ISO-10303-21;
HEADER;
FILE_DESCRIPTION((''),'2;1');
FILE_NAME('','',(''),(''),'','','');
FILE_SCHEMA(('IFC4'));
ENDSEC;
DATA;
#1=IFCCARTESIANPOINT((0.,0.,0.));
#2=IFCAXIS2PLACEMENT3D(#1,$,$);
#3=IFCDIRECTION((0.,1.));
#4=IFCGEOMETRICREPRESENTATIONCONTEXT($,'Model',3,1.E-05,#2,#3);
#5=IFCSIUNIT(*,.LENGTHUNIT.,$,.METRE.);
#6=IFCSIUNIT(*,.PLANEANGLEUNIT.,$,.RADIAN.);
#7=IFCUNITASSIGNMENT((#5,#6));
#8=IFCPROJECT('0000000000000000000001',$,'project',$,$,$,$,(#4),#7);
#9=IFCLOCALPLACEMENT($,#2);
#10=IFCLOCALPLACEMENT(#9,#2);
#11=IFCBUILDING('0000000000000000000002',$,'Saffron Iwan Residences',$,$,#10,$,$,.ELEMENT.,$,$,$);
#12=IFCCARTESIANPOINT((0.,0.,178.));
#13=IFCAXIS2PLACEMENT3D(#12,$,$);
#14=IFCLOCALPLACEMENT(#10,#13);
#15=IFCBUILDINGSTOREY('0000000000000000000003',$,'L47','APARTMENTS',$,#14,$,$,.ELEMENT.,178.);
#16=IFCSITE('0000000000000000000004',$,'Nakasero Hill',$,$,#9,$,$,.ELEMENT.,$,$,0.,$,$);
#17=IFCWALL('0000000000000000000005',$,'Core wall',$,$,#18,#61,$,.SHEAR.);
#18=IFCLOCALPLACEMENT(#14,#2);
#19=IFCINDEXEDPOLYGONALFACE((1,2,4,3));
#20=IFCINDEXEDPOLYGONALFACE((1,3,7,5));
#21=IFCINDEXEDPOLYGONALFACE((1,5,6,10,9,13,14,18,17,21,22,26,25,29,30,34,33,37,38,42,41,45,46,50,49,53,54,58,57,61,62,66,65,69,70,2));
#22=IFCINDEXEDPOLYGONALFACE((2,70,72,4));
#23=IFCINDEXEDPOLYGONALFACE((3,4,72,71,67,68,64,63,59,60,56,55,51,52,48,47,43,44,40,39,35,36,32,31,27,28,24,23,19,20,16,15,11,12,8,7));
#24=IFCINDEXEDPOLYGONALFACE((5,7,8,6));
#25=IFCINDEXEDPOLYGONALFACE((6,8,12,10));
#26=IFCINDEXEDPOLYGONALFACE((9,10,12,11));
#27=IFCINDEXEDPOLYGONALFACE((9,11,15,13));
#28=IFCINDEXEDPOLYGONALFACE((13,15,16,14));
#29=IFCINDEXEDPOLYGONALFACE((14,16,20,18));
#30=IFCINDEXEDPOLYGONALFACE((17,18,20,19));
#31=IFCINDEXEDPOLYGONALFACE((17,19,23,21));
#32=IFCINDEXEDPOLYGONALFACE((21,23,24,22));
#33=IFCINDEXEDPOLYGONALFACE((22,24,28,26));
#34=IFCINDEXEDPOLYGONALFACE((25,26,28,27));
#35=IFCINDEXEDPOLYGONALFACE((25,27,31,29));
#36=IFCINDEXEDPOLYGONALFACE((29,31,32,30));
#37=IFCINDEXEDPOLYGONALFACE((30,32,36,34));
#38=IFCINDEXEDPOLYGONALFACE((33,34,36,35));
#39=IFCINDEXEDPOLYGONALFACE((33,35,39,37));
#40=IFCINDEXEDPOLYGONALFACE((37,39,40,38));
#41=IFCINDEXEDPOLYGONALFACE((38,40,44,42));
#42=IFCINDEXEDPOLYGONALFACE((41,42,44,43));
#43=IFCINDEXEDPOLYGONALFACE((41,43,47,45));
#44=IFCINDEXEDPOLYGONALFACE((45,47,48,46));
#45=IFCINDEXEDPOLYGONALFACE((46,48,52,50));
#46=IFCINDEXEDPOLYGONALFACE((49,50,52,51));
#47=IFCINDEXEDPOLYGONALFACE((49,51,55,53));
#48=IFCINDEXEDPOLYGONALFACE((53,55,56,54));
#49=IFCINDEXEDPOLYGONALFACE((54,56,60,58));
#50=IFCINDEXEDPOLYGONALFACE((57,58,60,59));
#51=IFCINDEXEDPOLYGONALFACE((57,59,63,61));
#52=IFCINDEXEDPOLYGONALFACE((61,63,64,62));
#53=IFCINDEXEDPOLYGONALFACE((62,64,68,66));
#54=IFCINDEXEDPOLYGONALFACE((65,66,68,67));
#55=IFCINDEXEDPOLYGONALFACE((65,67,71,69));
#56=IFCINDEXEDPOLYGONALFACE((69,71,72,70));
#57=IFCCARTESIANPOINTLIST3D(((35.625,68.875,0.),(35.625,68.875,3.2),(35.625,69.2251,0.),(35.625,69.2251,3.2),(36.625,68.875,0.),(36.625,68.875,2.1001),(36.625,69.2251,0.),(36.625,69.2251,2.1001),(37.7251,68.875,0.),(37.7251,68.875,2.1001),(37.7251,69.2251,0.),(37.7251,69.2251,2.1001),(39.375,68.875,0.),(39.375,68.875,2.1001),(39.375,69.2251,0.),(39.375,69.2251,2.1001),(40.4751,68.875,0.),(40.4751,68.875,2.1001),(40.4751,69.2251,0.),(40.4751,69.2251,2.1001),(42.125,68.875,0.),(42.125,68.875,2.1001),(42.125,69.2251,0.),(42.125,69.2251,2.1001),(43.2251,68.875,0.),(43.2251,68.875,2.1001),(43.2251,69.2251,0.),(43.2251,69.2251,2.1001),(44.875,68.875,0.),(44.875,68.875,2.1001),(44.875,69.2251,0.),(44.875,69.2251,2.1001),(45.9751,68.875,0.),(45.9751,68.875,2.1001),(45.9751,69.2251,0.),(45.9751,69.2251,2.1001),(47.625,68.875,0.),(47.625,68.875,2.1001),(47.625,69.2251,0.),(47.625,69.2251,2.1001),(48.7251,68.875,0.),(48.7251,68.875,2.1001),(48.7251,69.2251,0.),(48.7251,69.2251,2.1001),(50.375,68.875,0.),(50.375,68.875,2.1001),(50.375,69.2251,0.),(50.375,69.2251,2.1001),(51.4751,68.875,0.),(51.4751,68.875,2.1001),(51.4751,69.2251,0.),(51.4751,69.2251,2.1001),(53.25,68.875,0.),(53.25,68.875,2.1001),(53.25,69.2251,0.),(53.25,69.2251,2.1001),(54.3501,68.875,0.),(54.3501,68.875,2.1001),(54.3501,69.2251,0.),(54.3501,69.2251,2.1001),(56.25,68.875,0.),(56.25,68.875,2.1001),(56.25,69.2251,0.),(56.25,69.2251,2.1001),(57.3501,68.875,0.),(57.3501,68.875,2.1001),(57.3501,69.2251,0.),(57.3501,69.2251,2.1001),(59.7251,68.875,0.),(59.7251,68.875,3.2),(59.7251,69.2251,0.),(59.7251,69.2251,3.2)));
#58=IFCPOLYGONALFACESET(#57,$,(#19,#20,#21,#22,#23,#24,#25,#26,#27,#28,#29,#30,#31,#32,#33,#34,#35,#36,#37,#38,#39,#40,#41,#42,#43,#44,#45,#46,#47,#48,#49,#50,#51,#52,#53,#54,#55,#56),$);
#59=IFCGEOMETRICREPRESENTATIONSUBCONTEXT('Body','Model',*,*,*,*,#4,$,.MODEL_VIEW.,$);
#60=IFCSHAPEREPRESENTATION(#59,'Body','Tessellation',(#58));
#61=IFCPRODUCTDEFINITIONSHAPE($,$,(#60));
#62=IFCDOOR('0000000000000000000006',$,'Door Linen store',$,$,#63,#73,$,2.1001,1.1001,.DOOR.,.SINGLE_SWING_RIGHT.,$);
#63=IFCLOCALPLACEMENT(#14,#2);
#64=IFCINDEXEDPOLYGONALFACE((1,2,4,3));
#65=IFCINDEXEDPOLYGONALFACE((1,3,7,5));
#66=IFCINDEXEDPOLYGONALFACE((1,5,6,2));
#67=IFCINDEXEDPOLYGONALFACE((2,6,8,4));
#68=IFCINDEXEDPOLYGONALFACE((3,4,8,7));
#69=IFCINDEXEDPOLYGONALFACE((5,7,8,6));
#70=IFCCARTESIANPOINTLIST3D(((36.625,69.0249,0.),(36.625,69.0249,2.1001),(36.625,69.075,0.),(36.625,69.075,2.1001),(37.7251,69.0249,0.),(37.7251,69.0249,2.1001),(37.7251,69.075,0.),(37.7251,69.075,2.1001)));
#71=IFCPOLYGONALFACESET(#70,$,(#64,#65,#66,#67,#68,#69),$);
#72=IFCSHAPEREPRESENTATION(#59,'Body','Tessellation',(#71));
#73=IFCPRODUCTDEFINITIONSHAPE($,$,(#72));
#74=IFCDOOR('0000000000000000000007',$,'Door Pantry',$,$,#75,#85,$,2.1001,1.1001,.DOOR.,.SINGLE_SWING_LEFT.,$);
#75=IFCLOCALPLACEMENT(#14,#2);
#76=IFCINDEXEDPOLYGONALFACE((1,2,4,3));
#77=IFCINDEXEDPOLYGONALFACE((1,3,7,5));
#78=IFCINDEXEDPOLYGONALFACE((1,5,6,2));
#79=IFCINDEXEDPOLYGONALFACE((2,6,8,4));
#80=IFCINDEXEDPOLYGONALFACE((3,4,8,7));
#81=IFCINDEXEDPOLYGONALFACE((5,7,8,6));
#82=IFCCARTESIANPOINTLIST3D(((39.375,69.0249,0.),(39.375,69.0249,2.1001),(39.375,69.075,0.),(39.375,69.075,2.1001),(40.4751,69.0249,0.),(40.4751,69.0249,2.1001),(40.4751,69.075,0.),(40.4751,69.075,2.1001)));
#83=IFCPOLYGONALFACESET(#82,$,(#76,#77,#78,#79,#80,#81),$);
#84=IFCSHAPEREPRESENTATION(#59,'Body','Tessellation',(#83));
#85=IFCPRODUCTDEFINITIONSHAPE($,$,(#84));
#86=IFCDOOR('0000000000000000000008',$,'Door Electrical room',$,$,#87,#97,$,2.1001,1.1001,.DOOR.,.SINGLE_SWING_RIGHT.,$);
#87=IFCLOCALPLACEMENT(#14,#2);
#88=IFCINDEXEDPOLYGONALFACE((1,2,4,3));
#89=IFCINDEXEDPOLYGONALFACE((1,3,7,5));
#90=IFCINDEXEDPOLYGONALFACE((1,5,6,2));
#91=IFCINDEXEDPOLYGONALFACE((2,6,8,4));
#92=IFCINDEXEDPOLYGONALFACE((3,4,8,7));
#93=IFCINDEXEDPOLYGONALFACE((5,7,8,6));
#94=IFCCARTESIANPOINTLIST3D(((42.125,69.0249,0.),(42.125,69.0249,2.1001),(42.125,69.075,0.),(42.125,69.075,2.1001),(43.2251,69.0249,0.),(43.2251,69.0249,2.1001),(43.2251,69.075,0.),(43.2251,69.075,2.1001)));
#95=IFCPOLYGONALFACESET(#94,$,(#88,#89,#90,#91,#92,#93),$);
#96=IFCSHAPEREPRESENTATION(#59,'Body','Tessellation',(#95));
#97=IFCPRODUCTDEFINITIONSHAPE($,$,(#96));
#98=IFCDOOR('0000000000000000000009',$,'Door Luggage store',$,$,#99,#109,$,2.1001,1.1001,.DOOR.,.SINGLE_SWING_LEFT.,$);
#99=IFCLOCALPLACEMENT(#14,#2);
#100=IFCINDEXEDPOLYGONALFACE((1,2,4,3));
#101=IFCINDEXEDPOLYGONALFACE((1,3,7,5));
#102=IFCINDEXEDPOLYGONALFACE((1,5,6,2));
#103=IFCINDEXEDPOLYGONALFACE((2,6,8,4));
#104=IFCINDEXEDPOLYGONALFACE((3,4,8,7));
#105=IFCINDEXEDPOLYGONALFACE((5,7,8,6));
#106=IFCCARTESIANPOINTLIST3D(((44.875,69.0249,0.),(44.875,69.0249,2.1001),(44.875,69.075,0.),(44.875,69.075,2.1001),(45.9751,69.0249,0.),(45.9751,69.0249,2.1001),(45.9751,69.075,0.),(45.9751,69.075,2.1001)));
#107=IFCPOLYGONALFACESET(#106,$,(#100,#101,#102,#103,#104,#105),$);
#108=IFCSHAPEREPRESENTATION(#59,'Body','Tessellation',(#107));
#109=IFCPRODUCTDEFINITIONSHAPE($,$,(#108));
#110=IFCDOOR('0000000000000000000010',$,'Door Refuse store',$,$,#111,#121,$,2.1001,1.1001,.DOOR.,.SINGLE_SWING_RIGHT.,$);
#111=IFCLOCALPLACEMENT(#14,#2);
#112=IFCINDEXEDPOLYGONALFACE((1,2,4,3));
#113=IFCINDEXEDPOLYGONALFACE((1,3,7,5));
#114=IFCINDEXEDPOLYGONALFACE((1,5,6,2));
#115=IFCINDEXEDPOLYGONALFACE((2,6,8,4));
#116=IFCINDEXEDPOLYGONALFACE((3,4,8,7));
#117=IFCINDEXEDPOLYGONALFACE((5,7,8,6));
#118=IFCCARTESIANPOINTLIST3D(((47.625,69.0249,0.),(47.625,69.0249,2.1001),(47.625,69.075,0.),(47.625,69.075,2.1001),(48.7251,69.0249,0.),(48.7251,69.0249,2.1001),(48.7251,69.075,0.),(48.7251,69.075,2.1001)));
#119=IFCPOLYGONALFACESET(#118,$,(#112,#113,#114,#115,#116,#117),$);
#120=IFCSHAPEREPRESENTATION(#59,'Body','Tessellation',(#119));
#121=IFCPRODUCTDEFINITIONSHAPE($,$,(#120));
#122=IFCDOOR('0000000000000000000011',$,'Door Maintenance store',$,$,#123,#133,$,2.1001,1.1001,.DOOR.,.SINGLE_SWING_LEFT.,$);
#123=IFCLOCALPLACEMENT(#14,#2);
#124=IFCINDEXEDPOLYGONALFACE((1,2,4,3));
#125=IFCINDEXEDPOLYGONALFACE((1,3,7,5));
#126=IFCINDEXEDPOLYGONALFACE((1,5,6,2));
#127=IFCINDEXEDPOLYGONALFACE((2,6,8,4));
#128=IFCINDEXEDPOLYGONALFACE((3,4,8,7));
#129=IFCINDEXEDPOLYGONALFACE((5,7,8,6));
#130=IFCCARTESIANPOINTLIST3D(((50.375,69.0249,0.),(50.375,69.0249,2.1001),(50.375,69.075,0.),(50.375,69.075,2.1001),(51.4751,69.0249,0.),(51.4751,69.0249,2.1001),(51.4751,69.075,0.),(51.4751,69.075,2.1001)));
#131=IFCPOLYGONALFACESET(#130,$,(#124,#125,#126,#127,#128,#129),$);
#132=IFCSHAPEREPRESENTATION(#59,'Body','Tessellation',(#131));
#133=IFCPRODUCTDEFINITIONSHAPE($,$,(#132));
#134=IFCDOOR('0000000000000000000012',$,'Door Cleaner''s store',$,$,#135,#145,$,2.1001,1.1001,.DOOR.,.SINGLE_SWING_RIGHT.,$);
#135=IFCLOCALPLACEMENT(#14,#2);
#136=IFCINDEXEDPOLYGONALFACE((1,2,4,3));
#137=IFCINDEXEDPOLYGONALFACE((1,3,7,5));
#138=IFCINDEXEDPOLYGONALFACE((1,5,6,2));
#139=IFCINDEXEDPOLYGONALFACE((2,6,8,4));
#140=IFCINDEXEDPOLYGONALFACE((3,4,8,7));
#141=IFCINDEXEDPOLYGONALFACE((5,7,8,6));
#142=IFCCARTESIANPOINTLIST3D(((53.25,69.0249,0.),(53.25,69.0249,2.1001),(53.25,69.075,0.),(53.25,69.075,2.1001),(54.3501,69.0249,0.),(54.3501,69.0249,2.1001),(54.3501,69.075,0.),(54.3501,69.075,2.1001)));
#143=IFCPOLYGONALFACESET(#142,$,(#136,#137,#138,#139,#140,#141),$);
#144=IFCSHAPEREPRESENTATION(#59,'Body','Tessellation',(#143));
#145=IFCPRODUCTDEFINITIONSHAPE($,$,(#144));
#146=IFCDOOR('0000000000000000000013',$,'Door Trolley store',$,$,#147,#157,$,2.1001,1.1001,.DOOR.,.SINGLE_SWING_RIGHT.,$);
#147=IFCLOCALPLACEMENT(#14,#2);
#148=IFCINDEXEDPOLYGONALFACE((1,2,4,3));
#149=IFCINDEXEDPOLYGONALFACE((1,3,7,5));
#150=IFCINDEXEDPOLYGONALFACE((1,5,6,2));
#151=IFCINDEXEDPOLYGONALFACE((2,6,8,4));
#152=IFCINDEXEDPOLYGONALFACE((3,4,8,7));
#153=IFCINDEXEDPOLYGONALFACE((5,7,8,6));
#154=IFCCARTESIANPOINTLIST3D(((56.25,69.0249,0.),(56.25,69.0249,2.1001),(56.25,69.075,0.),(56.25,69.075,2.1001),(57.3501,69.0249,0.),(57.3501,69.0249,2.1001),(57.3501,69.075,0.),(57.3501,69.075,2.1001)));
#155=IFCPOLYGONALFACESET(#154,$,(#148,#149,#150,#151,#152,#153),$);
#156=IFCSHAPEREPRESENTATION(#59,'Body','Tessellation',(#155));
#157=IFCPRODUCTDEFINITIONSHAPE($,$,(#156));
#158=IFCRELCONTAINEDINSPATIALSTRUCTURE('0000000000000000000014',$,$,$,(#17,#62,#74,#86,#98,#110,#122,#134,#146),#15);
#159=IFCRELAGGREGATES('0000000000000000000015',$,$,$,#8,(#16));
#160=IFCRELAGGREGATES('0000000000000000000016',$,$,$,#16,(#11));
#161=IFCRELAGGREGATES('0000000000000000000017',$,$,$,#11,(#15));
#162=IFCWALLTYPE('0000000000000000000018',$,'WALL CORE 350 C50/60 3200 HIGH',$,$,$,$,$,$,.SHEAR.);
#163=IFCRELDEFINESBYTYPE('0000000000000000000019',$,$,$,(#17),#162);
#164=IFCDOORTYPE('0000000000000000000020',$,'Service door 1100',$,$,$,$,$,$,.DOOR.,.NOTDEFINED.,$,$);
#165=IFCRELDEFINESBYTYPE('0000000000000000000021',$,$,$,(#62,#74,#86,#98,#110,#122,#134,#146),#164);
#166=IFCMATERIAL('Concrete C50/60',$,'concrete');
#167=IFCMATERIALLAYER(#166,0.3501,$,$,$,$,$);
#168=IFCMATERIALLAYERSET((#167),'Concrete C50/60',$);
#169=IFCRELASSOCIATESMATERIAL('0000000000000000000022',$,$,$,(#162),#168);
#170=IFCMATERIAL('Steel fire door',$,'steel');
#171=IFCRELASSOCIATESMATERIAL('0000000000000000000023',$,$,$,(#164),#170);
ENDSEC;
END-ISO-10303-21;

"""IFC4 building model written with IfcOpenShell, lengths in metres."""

from ifc_helpers import new_model, si_unit, direction, frame, frame_2d, origin, place, context, subcontext, project, spatial, rectangle, extrude, material, layer, layer_set, type_object, element, fill, save


model = new_model("IFC4")

# Units and contexts
model_context = context("Model", 3, precision=1e-05, world=origin(), true_north=direction((0.0, 1.0)))
body_context = subcontext(model_context, "Body", "Model", "MODEL_VIEW")
ifc_project = project(units=[si_unit("LENGTHUNIT", "METRE"), si_unit("PLANEANGLEUNIT", "RADIAN")], contexts=[model_context])

# Site, building, storey
site_placement = place(None, origin())
site = spatial("IfcSite", under=ifc_project, at=site_placement, Name="Nakasero Hill", CompositionType="ELEMENT", RefElevation=0.0)
building_placement = place(site_placement, origin())
building = spatial("IfcBuilding", under=site, at=building_placement, Name="Saffron Iwan Residences", CompositionType="ELEMENT")
storey_placement = place(building_placement, frame((0.0, 0.0, 178.0)))
storey = spatial("IfcBuildingStorey", under=building, at=storey_placement, Name="L47", Description="APARTMENTS", CompositionType="ELEMENT", Elevation=178.0)

# Shared definitions
ifc_material_1 = material(Name="Concrete C50/60", Category="concrete")

# Shared definitions
ifc_material_2 = material(Name="Steel fire door", Category="steel")

# Wall, openings, doors
ifc_layer_1 = layer(ifc_material_1, 0.3501)
ifc_layer_set_1 = layer_set([ifc_layer_1], Name="Concrete C50/60")
wall_type_1 = type_object("IfcWallType", Name="WALL CORE 350 C50/60 3200 HIGH", PredefinedType="SHEAR", material=ifc_layer_set_1)
wall_1_placement = place(storey_placement, frame((35.625, 69.05, 0.0), z_axis=(0.0, 0.0, 1.0), x_axis=(1.0, 0.0, 0.0)))
wall_1 = element("IfcWall", 1, at=wall_1_placement, inside=storey, type_object=wall_type_1, Name="Core wall", PredefinedType="SHEAR", context=body_context, shape_type="SweptSolid", body=[
    extrude(rectangle(XDim=24.1001, YDim=0.3501, at=frame_2d((12.05, 0.0))), origin(), (0.0, 0.0, 1.0), 3.2),
])
opening_1_placement = place(wall_1_placement, frame((1.0, 0.0, 0.0)))
opening_1 = element("IfcOpeningElement", 2, at=opening_1_placement, cuts=wall_1, PredefinedType="OPENING", context=body_context, shape_type="SweptSolid", body=[
    extrude(rectangle(XDim=1.1001, YDim=2.1001, at=frame_2d((0.55, 1.05))), frame((0.0, 0.1851, 0.0), z_axis=(0.0, -1.0, 0.0), x_axis=(1.0, 0.0, 0.0)), (0.0, 0.0, 1.0), 0.3701),
])
opening_2_placement = place(wall_1_placement, frame((3.75, 0.0, 0.0)))
opening_2 = element("IfcOpeningElement", 3, at=opening_2_placement, cuts=wall_1, PredefinedType="OPENING", context=body_context, shape_type="SweptSolid", body=[
    extrude(rectangle(XDim=1.1001, YDim=2.1001, at=frame_2d((0.55, 1.05))), frame((0.0, 0.1851, 0.0), z_axis=(0.0, -1.0, 0.0), x_axis=(1.0, 0.0, 0.0)), (0.0, 0.0, 1.0), 0.3701),
])
opening_3_placement = place(wall_1_placement, frame((6.5, 0.0, 0.0)))
opening_3 = element("IfcOpeningElement", 4, at=opening_3_placement, cuts=wall_1, PredefinedType="OPENING", context=body_context, shape_type="SweptSolid", body=[
    extrude(rectangle(XDim=1.1001, YDim=2.1001, at=frame_2d((0.55, 1.05))), frame((0.0, 0.1851, 0.0), z_axis=(0.0, -1.0, 0.0), x_axis=(1.0, 0.0, 0.0)), (0.0, 0.0, 1.0), 0.3701),
])
opening_4_placement = place(wall_1_placement, frame((9.25, 0.0, 0.0)))
opening_4 = element("IfcOpeningElement", 5, at=opening_4_placement, cuts=wall_1, PredefinedType="OPENING", context=body_context, shape_type="SweptSolid", body=[
    extrude(rectangle(XDim=1.1001, YDim=2.1001, at=frame_2d((0.55, 1.05))), frame((0.0, 0.1851, 0.0), z_axis=(0.0, -1.0, 0.0), x_axis=(1.0, 0.0, 0.0)), (0.0, 0.0, 1.0), 0.3701),
])
opening_5_placement = place(wall_1_placement, frame((12.0, 0.0, 0.0)))
opening_5 = element("IfcOpeningElement", 6, at=opening_5_placement, cuts=wall_1, PredefinedType="OPENING", context=body_context, shape_type="SweptSolid", body=[
    extrude(rectangle(XDim=1.1001, YDim=2.1001, at=frame_2d((0.55, 1.05))), frame((0.0, 0.1851, 0.0), z_axis=(0.0, -1.0, 0.0), x_axis=(1.0, 0.0, 0.0)), (0.0, 0.0, 1.0), 0.3701),
])
opening_6_placement = place(wall_1_placement, frame((14.75, 0.0, 0.0)))
opening_6 = element("IfcOpeningElement", 7, at=opening_6_placement, cuts=wall_1, PredefinedType="OPENING", context=body_context, shape_type="SweptSolid", body=[
    extrude(rectangle(XDim=1.1001, YDim=2.1001, at=frame_2d((0.55, 1.05))), frame((0.0, 0.1851, 0.0), z_axis=(0.0, -1.0, 0.0), x_axis=(1.0, 0.0, 0.0)), (0.0, 0.0, 1.0), 0.3701),
])
opening_7_placement = place(wall_1_placement, frame((17.625, 0.0, 0.0)))
opening_7 = element("IfcOpeningElement", 8, at=opening_7_placement, cuts=wall_1, PredefinedType="OPENING", context=body_context, shape_type="SweptSolid", body=[
    extrude(rectangle(XDim=1.1001, YDim=2.1001, at=frame_2d((0.55, 1.05))), frame((0.0, 0.1851, 0.0), z_axis=(0.0, -1.0, 0.0), x_axis=(1.0, 0.0, 0.0)), (0.0, 0.0, 1.0), 0.3701),
])
opening_8_placement = place(wall_1_placement, frame((20.625, 0.0, 0.0)))
opening_8 = element("IfcOpeningElement", 9, at=opening_8_placement, cuts=wall_1, PredefinedType="OPENING", context=body_context, shape_type="SweptSolid", body=[
    extrude(rectangle(XDim=1.1001, YDim=2.1001, at=frame_2d((0.55, 1.05))), frame((0.0, 0.1851, 0.0), z_axis=(0.0, -1.0, 0.0), x_axis=(1.0, 0.0, 0.0)), (0.0, 0.0, 1.0), 0.3701),
])
door_type_1 = type_object("IfcDoorType", Name="Service door 1100", OperationType="NOTDEFINED", PredefinedType="DOOR", material=ifc_material_2)
door_1_placement = place(opening_1_placement, origin())
door_1 = element("IfcDoor", 10, at=door_1_placement, inside=storey, type_object=door_type_1, Name="Door Linen store", OperationType="SINGLE_SWING_RIGHT", OverallHeight=2.1001, OverallWidth=1.1001, PredefinedType="DOOR", context=body_context, shape_type="SweptSolid", body=[
    extrude(rectangle(XDim=1.1001, YDim=2.1001, at=frame_2d((0.55, 1.05))), frame((0.0, 0.0249, 0.0), z_axis=(0.0, -1.0, 0.0), x_axis=(1.0, 0.0, 0.0)), (0.0, 0.0, 1.0), 0.05),
])
fill(opening_1, door_1)
door_2_placement = place(opening_2_placement, origin())
door_2 = element("IfcDoor", 11, at=door_2_placement, inside=storey, type_object=door_type_1, Name="Door Pantry", OperationType="SINGLE_SWING_LEFT", OverallHeight=2.1001, OverallWidth=1.1001, PredefinedType="DOOR", context=body_context, shape_type="SweptSolid", body=[
    extrude(rectangle(XDim=1.1001, YDim=2.1001, at=frame_2d((0.55, 1.05))), frame((0.0, 0.0249, 0.0), z_axis=(0.0, -1.0, 0.0), x_axis=(1.0, 0.0, 0.0)), (0.0, 0.0, 1.0), 0.05),
])
fill(opening_2, door_2)
door_3_placement = place(opening_3_placement, origin())
door_3 = element("IfcDoor", 12, at=door_3_placement, inside=storey, type_object=door_type_1, Name="Door Electrical room", OperationType="SINGLE_SWING_RIGHT", OverallHeight=2.1001, OverallWidth=1.1001, PredefinedType="DOOR", context=body_context, shape_type="SweptSolid", body=[
    extrude(rectangle(XDim=1.1001, YDim=2.1001, at=frame_2d((0.55, 1.05))), frame((0.0, 0.0249, 0.0), z_axis=(0.0, -1.0, 0.0), x_axis=(1.0, 0.0, 0.0)), (0.0, 0.0, 1.0), 0.05),
])
fill(opening_3, door_3)
door_4_placement = place(opening_4_placement, origin())
door_4 = element("IfcDoor", 13, at=door_4_placement, inside=storey, type_object=door_type_1, Name="Door Luggage store", OperationType="SINGLE_SWING_LEFT", OverallHeight=2.1001, OverallWidth=1.1001, PredefinedType="DOOR", context=body_context, shape_type="SweptSolid", body=[
    extrude(rectangle(XDim=1.1001, YDim=2.1001, at=frame_2d((0.55, 1.05))), frame((0.0, 0.0249, 0.0), z_axis=(0.0, -1.0, 0.0), x_axis=(1.0, 0.0, 0.0)), (0.0, 0.0, 1.0), 0.05),
])
fill(opening_4, door_4)
door_5_placement = place(opening_5_placement, origin())
door_5 = element("IfcDoor", 14, at=door_5_placement, inside=storey, type_object=door_type_1, Name="Door Refuse store", OperationType="SINGLE_SWING_RIGHT", OverallHeight=2.1001, OverallWidth=1.1001, PredefinedType="DOOR", context=body_context, shape_type="SweptSolid", body=[
    extrude(rectangle(XDim=1.1001, YDim=2.1001, at=frame_2d((0.55, 1.05))), frame((0.0, 0.0249, 0.0), z_axis=(0.0, -1.0, 0.0), x_axis=(1.0, 0.0, 0.0)), (0.0, 0.0, 1.0), 0.05),
])
fill(opening_5, door_5)
door_6_placement = place(opening_6_placement, origin())
door_6 = element("IfcDoor", 15, at=door_6_placement, inside=storey, type_object=door_type_1, Name="Door Maintenance store", OperationType="SINGLE_SWING_LEFT", OverallHeight=2.1001, OverallWidth=1.1001, PredefinedType="DOOR", context=body_context, shape_type="SweptSolid", body=[
    extrude(rectangle(XDim=1.1001, YDim=2.1001, at=frame_2d((0.55, 1.05))), frame((0.0, 0.0249, 0.0), z_axis=(0.0, -1.0, 0.0), x_axis=(1.0, 0.0, 0.0)), (0.0, 0.0, 1.0), 0.05),
])
fill(opening_6, door_6)
door_7_placement = place(opening_7_placement, origin())
door_7 = element("IfcDoor", 16, at=door_7_placement, inside=storey, type_object=door_type_1, Name="Door Cleaner's store", OperationType="SINGLE_SWING_RIGHT", OverallHeight=2.1001, OverallWidth=1.1001, PredefinedType="DOOR", context=body_context, shape_type="SweptSolid", body=[
    extrude(rectangle(XDim=1.1001, YDim=2.1001, at=frame_2d((0.55, 1.05))), frame((0.0, 0.0249, 0.0), z_axis=(0.0, -1.0, 0.0), x_axis=(1.0, 0.0, 0.0)), (0.0, 0.0, 1.0), 0.05),
])
fill(opening_7, door_7)
door_8_placement = place(opening_8_placement, origin())
door_8 = element("IfcDoor", 17, at=door_8_placement, inside=storey, type_object=door_type_1, Name="Door Trolley store", OperationType="SINGLE_SWING_RIGHT", OverallHeight=2.1001, OverallWidth=1.1001, PredefinedType="DOOR", context=body_context, shape_type="SweptSolid", body=[
    extrude(rectangle(XDim=1.1001, YDim=2.1001, at=frame_2d((0.55, 1.05))), frame((0.0, 0.0249, 0.0), z_axis=(0.0, -1.0, 0.0), x_axis=(1.0, 0.0, 0.0)), (0.0, 0.0, 1.0), 0.05),
])
fill(opening_8, door_8)

save(model, "model.ifc")
